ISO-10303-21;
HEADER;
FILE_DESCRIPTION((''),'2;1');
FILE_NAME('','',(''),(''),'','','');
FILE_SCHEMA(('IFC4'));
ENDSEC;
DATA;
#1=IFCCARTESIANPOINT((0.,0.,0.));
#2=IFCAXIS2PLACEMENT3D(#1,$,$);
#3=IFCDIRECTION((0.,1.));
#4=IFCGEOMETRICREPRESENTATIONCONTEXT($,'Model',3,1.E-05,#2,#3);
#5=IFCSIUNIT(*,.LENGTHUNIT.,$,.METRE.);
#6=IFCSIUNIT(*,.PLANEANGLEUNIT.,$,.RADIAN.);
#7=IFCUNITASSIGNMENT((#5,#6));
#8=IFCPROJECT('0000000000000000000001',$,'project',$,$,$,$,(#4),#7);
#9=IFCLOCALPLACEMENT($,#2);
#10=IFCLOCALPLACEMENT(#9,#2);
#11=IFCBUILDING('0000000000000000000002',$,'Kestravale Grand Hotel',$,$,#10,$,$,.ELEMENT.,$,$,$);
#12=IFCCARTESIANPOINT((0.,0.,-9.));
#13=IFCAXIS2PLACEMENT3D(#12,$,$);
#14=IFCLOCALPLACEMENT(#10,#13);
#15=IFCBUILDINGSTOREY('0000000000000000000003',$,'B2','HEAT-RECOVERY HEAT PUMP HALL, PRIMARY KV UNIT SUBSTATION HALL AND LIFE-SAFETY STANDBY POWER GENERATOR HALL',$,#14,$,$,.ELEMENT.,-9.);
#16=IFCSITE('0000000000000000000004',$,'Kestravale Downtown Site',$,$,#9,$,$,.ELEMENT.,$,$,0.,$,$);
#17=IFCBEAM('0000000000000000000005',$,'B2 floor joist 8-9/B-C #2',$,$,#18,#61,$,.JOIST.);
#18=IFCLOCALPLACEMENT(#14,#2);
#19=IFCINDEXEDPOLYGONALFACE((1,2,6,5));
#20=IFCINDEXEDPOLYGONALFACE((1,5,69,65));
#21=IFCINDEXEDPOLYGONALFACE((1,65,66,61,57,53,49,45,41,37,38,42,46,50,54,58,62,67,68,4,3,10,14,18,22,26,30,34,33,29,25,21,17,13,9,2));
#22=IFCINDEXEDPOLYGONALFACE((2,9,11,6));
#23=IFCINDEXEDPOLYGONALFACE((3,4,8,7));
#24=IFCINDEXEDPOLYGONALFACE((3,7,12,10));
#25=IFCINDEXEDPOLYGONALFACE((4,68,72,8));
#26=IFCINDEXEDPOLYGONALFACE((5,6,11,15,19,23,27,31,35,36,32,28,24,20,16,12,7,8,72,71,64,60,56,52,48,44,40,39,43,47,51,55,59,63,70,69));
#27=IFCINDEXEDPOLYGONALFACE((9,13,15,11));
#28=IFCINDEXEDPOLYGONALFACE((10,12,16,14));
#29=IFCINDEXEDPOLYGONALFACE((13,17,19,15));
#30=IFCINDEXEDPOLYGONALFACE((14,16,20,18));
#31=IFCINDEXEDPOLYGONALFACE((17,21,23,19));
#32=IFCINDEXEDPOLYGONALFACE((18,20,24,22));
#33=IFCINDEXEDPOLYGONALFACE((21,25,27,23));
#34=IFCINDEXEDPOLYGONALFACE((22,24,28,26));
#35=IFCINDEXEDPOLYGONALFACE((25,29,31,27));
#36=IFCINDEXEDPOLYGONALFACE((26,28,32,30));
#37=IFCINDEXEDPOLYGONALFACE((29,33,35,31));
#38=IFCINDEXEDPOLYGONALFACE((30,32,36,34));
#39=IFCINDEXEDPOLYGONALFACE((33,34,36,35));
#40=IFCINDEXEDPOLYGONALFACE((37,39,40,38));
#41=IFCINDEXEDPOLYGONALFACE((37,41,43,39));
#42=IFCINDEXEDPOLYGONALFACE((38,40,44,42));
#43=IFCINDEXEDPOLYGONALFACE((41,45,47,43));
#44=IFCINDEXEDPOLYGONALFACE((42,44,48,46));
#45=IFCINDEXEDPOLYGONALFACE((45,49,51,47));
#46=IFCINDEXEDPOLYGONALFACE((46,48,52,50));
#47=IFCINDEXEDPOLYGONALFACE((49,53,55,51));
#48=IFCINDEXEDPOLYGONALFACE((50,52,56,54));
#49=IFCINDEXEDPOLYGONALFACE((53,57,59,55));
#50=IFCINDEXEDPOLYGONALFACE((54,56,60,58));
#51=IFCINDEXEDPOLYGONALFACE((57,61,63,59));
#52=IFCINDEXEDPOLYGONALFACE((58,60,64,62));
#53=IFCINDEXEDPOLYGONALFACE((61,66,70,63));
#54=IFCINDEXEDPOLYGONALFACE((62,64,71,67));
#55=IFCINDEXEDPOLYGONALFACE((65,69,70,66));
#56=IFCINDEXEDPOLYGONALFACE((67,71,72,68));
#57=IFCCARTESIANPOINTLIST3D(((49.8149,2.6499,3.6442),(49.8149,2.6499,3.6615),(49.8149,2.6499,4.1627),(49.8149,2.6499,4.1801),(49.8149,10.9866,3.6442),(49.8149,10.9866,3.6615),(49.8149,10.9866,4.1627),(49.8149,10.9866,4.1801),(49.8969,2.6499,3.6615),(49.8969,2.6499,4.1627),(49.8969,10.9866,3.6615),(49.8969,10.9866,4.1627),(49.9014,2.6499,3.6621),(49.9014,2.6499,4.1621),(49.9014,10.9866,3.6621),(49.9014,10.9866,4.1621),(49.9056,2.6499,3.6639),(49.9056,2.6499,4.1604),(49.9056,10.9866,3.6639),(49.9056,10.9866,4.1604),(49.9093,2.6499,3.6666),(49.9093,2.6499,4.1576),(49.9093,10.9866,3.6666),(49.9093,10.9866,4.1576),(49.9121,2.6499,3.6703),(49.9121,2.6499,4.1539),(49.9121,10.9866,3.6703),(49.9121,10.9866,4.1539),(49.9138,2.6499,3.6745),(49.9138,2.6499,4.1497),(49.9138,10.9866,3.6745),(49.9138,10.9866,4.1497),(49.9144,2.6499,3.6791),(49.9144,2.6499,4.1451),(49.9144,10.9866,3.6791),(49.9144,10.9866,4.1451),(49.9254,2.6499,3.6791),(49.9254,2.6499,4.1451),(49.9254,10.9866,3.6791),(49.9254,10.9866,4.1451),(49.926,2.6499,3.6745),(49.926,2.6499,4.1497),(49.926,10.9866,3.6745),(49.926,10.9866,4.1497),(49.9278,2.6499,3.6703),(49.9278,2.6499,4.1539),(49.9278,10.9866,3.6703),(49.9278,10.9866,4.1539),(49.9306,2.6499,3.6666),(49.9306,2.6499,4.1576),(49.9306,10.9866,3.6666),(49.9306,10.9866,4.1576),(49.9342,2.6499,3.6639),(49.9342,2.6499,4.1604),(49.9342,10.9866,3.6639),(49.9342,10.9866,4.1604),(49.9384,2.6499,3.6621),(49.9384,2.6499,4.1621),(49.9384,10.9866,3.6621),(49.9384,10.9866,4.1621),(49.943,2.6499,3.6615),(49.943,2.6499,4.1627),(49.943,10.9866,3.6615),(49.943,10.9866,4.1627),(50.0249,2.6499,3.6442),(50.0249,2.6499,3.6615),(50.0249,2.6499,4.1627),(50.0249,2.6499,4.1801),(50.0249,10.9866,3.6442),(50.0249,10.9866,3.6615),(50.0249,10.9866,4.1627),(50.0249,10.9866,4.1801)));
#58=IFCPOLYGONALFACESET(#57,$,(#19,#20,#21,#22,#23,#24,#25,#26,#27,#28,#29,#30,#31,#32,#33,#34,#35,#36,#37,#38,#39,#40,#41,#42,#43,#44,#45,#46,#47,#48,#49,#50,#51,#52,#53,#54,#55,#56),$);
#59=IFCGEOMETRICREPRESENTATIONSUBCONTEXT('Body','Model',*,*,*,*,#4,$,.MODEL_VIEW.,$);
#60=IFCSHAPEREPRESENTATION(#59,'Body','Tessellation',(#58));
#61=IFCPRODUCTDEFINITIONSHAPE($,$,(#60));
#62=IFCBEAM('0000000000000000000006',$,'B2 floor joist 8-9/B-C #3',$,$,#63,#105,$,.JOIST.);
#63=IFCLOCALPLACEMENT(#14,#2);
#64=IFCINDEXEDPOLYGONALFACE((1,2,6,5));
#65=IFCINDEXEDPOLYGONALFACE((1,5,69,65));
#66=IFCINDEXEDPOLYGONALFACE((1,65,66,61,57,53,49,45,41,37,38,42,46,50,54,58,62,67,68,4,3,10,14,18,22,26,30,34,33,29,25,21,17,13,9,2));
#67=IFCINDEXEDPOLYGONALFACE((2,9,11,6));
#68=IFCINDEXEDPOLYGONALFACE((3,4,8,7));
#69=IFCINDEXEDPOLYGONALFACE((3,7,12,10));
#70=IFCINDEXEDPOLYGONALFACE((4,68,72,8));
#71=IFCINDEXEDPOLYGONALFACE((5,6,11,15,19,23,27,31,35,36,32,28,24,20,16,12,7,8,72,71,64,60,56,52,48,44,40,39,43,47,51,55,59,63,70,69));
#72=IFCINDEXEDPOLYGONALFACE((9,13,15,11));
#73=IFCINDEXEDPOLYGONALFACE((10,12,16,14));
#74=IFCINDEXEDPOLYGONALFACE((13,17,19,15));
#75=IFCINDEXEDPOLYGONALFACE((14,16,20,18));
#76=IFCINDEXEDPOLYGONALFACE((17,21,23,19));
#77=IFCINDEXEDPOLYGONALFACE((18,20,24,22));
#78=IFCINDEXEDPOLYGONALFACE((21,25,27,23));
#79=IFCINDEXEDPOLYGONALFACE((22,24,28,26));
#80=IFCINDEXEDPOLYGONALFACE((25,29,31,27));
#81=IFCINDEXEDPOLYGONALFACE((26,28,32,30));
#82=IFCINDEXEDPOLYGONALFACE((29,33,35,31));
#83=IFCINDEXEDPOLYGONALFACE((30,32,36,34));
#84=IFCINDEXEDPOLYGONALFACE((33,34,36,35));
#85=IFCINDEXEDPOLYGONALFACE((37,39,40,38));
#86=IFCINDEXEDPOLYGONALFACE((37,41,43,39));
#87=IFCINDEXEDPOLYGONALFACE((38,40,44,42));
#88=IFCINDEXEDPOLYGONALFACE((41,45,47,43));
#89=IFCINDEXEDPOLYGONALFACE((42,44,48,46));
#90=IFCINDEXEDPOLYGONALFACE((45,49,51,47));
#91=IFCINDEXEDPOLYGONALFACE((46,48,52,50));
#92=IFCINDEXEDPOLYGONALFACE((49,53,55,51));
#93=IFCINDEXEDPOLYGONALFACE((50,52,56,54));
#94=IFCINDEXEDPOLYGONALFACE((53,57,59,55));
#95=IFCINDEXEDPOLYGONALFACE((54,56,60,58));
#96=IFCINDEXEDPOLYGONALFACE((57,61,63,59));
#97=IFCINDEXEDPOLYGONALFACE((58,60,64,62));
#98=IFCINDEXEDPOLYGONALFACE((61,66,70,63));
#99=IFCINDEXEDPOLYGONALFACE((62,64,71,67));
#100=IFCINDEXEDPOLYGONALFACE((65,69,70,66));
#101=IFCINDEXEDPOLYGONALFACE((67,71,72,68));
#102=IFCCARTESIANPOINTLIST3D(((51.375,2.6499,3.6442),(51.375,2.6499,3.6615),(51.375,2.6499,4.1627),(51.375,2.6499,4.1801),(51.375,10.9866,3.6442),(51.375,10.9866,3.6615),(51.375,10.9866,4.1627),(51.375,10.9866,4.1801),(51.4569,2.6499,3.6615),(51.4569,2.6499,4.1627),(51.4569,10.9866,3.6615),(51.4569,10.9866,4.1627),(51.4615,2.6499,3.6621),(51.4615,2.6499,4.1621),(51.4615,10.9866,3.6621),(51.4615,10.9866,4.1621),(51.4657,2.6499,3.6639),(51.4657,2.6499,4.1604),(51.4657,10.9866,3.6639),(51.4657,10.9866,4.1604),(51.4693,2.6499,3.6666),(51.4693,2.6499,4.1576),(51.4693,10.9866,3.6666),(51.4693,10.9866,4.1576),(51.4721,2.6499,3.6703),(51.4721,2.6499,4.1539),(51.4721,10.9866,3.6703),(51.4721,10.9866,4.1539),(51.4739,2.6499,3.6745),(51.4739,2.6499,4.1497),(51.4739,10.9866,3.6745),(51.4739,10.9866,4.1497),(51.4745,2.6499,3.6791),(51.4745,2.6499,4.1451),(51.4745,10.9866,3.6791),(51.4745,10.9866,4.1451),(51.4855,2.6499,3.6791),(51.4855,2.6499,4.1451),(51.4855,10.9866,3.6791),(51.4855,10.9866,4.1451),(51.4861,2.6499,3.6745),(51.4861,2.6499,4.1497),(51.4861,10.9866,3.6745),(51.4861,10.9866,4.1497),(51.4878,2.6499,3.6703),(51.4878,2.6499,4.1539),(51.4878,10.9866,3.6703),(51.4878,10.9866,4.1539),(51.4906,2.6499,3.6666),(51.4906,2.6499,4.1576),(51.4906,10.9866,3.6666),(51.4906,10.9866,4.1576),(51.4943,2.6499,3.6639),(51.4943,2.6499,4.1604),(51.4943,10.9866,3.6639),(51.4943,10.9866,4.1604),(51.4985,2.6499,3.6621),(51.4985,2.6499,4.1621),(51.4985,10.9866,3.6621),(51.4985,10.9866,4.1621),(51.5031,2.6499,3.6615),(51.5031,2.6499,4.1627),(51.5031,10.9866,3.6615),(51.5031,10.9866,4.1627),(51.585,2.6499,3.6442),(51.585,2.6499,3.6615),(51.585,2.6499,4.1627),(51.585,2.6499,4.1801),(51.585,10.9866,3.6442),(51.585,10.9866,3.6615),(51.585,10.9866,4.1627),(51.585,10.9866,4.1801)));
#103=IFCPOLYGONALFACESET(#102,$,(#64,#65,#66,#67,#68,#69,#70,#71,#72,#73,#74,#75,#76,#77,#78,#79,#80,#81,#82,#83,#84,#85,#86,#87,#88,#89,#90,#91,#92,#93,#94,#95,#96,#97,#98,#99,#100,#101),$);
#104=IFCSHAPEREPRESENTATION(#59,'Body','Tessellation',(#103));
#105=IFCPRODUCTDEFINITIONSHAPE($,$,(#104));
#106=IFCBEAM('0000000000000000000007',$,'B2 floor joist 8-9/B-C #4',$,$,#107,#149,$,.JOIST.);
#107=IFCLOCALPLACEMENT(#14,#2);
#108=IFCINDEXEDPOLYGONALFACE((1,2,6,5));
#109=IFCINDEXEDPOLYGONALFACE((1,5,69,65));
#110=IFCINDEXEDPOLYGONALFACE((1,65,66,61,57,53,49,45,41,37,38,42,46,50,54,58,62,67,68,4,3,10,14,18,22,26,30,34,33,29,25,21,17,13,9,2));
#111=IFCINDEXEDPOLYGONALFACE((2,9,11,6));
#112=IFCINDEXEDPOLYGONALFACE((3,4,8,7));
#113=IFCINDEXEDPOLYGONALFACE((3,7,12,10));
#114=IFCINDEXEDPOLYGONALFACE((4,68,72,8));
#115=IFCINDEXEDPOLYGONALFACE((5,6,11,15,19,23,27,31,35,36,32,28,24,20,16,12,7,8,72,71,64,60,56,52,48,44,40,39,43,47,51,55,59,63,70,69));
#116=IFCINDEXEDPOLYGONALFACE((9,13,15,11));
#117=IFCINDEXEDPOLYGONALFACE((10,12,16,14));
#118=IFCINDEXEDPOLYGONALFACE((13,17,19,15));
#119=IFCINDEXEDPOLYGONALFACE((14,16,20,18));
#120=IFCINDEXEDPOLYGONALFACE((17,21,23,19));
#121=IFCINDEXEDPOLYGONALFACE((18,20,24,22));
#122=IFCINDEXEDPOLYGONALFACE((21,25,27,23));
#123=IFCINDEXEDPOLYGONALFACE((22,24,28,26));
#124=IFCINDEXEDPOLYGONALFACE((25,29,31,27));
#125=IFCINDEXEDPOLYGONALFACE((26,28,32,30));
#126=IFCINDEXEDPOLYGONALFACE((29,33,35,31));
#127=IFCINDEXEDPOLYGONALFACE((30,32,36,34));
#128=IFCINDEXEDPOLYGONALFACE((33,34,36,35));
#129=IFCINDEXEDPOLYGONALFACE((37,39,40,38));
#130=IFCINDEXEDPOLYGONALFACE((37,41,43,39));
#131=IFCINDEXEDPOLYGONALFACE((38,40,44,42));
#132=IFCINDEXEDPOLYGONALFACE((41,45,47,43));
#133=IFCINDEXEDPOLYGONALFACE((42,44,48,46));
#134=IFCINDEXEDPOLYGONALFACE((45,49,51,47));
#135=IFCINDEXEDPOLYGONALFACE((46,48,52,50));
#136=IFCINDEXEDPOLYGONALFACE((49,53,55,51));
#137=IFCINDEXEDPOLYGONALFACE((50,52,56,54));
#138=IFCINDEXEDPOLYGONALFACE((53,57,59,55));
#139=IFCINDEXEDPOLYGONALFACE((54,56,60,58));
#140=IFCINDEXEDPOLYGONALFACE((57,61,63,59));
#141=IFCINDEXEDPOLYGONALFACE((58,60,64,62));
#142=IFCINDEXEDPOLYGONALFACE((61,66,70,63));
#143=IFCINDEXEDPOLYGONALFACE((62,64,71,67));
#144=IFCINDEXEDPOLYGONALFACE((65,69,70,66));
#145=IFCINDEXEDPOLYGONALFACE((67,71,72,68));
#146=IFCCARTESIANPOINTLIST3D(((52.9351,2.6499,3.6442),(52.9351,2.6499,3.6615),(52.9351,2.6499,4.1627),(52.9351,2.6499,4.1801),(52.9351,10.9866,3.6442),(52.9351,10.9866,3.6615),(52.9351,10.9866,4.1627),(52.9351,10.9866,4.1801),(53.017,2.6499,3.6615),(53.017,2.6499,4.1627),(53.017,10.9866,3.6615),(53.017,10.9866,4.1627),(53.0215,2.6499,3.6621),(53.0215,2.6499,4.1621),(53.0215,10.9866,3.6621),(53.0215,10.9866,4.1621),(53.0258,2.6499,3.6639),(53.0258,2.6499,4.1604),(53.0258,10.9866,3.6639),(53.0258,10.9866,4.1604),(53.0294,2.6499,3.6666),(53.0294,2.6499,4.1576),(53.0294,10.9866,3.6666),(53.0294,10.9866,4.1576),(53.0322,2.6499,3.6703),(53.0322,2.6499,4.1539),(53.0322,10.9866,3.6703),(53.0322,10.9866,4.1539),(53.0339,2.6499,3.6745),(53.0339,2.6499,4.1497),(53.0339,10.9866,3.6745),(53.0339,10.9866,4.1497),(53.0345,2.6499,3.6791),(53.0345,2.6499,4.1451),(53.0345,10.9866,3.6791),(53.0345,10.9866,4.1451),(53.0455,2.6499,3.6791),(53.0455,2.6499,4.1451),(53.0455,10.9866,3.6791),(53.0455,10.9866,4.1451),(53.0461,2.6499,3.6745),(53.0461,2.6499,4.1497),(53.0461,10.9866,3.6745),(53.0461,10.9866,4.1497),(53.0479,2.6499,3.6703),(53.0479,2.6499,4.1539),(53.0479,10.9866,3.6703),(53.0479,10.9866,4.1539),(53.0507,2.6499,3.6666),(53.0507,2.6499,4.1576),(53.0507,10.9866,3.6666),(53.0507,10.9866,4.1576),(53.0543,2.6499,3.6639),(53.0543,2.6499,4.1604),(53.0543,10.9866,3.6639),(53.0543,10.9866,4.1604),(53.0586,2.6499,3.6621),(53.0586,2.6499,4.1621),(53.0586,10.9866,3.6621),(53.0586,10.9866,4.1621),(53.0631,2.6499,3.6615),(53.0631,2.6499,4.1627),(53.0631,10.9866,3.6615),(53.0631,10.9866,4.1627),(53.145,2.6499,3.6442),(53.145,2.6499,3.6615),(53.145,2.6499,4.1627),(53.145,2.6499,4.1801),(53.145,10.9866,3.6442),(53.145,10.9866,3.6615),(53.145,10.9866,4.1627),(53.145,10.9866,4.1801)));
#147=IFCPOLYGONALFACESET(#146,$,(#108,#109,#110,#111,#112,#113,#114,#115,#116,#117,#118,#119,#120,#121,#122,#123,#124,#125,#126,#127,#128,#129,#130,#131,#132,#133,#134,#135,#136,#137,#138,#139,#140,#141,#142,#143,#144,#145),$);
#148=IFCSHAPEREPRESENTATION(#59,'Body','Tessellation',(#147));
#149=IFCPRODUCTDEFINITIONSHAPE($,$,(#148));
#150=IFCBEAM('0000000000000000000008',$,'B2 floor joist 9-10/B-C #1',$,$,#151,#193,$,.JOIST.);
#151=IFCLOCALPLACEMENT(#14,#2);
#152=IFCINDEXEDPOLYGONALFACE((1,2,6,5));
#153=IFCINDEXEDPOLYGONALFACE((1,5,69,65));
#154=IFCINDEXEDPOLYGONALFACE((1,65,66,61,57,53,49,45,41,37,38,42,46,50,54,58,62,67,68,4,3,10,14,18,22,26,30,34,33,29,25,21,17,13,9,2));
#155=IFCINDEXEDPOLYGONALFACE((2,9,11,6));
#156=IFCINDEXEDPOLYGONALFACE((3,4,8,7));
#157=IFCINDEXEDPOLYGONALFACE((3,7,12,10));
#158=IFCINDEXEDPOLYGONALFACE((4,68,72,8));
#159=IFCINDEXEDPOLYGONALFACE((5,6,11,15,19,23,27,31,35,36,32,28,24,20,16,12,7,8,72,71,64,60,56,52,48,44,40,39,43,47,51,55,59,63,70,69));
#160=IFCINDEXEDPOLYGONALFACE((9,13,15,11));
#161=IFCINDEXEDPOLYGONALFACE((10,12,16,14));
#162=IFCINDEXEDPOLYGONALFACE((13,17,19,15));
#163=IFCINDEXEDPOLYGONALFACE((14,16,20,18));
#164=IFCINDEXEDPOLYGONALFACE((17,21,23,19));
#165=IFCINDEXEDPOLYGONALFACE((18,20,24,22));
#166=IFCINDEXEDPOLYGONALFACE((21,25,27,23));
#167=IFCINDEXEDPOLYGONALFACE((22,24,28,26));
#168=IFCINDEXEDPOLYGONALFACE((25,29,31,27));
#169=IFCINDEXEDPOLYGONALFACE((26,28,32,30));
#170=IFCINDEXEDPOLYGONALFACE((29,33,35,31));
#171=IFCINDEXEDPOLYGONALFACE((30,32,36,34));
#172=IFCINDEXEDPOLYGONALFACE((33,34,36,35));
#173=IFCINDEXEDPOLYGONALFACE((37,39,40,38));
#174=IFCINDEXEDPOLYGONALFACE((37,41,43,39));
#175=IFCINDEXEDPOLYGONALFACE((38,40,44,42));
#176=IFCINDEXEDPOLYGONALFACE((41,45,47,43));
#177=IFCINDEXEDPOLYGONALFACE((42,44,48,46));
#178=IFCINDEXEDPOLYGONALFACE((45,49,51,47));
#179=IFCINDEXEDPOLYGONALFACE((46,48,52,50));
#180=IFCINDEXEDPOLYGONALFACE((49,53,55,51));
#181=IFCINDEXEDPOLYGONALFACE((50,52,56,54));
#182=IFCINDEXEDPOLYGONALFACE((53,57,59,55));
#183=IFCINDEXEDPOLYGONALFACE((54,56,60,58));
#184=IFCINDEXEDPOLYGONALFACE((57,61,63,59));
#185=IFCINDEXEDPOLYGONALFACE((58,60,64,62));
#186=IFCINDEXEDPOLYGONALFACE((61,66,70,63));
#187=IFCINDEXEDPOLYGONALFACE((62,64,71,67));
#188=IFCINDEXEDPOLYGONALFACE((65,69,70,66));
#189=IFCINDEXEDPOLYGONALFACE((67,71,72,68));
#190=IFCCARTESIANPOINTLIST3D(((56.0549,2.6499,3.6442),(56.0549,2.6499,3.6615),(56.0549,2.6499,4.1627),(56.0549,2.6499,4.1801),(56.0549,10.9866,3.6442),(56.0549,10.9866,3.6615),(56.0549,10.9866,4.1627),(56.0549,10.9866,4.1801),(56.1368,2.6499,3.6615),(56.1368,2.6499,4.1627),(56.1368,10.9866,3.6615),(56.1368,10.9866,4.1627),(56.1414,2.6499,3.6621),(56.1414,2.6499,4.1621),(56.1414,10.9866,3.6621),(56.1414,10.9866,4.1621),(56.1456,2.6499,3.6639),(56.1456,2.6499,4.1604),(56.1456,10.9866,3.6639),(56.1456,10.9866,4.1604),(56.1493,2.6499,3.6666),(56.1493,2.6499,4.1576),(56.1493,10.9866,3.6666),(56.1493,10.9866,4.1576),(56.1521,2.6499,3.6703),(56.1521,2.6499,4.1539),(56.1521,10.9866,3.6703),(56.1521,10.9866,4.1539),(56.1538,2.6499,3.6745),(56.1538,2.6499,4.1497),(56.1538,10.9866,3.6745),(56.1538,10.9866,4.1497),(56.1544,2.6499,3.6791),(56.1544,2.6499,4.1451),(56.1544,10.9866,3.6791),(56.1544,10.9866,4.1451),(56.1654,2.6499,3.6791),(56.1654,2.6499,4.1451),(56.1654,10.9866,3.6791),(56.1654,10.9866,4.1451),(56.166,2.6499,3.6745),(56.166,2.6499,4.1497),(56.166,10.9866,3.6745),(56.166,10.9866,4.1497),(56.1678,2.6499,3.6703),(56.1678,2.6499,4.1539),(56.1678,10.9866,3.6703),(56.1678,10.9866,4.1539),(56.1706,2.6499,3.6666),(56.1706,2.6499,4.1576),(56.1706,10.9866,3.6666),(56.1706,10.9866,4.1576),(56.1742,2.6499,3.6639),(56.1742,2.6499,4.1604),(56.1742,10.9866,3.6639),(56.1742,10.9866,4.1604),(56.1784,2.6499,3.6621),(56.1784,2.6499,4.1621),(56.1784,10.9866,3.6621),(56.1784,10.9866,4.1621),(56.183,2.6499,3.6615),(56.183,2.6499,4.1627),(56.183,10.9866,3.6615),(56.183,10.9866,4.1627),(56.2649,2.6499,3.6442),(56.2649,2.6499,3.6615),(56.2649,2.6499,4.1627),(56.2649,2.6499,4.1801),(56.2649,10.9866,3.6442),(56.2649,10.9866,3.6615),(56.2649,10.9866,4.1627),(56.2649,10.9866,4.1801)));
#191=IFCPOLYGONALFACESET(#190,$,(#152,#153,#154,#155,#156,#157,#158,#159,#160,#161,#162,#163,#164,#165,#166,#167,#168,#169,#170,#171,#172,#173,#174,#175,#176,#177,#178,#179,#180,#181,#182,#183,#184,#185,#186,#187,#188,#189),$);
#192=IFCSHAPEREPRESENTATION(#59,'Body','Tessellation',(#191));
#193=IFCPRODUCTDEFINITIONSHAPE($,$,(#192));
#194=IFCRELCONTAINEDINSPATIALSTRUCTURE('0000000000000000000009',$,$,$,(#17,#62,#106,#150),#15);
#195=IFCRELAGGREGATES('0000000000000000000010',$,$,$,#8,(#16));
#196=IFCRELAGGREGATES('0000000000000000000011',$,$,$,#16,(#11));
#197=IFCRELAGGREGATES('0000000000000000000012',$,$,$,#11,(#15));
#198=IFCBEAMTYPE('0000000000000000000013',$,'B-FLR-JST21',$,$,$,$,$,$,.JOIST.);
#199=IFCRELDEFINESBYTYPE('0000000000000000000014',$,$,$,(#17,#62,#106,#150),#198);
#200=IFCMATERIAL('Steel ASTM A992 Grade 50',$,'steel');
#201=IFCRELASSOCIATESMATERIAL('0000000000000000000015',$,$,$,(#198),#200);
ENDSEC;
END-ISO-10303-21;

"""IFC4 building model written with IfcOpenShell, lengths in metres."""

from ifc_helpers import new_model, si_unit, direction, frame, origin, origin_2d, place, context, subcontext, project, spatial, i_section, extrude, material, material_profile, profile_set, type_object, element, save


model = new_model("IFC4")

# Units and contexts
model_context = context("Model", 3, precision=1e-05, world=origin(), true_north=direction((0.0, 1.0)))
body_context = subcontext(model_context, "Body", "Model", "MODEL_VIEW")
ifc_project = project(units=[si_unit("LENGTHUNIT", "METRE"), si_unit("PLANEANGLEUNIT", "RADIAN")], contexts=[model_context])

# Site, building, storey
site_placement = place(None, origin())
site = spatial("IfcSite", under=ifc_project, at=site_placement, Name="Kestravale Downtown Site", CompositionType="ELEMENT", RefElevation=0.0)
building_placement = place(site_placement, origin())
building = spatial("IfcBuilding", under=site, at=building_placement, Name="Kestravale Grand Hotel", CompositionType="ELEMENT")
storey_placement = place(building_placement, frame((0.0, 0.0, -9.0)))
storey = spatial("IfcBuildingStorey", under=building, at=storey_placement, Name="B2", Description="HEAT-RECOVERY HEAT PUMP HALL, PRIMARY KV UNIT SUBSTATION HALL AND LIFE-SAFETY STANDBY POWER GENERATOR HALL", CompositionType="ELEMENT", Elevation=-9.0)

# Beams
ifc_material_1 = material(Name="Steel ASTM A992 Grade 50", Category="steel")
ifc_material_profile_1 = material_profile(ifc_material_1, i_section(OverallWidth=0.21, OverallDepth=0.5359, WebThickness=0.011, FlangeThickness=0.0173, FilletRadius=0.0176, at=origin_2d()))
ifc_profile_set_1 = profile_set([ifc_material_profile_1], Name="Steel ASTM A992 Grade 50")
beam_type_1 = type_object("IfcBeamType", Name="B-FLR-JST21", PredefinedType="JOIST", material=ifc_profile_set_1)
for number, where, z_axis, x_axis, name in (
    (1, (49.9199, 2.6499, 3.9121), (0.0, 1.0, 0.0), (-1.0, 0.0, 0.0), "B2 floor joist 8-9/B-C #2"),
    (2, (51.48, 2.6499, 3.9121), (0.0, 1.0, 0.0), (-1.0, 0.0, 0.0), "B2 floor joist 8-9/B-C #3"),
    (3, (53.04, 2.6499, 3.9121), (0.0, 1.0, 0.0), (-1.0, 0.0, 0.0), "B2 floor joist 8-9/B-C #4"),
    (4, (56.1599, 2.6499, 3.9121), (0.0, 1.0, 0.0), (-1.0, 0.0, 0.0), "B2 floor joist 9-10/B-C #1"),
):
    element("IfcBeam", number, at=place(storey_placement, frame(where, z_axis=z_axis, x_axis=x_axis)), inside=storey, type_object=beam_type_1, Name=name, PredefinedType="JOIST", context=body_context, shape_type="SweptSolid", body=[
        extrude(i_section(OverallWidth=0.21, OverallDepth=0.5359, WebThickness=0.011, FlangeThickness=0.0173, FilletRadius=0.0176, at=origin_2d()), origin(), (0.0, 0.0, 1.0), 8.3367),
    ])

save(model, "model.ifc")
